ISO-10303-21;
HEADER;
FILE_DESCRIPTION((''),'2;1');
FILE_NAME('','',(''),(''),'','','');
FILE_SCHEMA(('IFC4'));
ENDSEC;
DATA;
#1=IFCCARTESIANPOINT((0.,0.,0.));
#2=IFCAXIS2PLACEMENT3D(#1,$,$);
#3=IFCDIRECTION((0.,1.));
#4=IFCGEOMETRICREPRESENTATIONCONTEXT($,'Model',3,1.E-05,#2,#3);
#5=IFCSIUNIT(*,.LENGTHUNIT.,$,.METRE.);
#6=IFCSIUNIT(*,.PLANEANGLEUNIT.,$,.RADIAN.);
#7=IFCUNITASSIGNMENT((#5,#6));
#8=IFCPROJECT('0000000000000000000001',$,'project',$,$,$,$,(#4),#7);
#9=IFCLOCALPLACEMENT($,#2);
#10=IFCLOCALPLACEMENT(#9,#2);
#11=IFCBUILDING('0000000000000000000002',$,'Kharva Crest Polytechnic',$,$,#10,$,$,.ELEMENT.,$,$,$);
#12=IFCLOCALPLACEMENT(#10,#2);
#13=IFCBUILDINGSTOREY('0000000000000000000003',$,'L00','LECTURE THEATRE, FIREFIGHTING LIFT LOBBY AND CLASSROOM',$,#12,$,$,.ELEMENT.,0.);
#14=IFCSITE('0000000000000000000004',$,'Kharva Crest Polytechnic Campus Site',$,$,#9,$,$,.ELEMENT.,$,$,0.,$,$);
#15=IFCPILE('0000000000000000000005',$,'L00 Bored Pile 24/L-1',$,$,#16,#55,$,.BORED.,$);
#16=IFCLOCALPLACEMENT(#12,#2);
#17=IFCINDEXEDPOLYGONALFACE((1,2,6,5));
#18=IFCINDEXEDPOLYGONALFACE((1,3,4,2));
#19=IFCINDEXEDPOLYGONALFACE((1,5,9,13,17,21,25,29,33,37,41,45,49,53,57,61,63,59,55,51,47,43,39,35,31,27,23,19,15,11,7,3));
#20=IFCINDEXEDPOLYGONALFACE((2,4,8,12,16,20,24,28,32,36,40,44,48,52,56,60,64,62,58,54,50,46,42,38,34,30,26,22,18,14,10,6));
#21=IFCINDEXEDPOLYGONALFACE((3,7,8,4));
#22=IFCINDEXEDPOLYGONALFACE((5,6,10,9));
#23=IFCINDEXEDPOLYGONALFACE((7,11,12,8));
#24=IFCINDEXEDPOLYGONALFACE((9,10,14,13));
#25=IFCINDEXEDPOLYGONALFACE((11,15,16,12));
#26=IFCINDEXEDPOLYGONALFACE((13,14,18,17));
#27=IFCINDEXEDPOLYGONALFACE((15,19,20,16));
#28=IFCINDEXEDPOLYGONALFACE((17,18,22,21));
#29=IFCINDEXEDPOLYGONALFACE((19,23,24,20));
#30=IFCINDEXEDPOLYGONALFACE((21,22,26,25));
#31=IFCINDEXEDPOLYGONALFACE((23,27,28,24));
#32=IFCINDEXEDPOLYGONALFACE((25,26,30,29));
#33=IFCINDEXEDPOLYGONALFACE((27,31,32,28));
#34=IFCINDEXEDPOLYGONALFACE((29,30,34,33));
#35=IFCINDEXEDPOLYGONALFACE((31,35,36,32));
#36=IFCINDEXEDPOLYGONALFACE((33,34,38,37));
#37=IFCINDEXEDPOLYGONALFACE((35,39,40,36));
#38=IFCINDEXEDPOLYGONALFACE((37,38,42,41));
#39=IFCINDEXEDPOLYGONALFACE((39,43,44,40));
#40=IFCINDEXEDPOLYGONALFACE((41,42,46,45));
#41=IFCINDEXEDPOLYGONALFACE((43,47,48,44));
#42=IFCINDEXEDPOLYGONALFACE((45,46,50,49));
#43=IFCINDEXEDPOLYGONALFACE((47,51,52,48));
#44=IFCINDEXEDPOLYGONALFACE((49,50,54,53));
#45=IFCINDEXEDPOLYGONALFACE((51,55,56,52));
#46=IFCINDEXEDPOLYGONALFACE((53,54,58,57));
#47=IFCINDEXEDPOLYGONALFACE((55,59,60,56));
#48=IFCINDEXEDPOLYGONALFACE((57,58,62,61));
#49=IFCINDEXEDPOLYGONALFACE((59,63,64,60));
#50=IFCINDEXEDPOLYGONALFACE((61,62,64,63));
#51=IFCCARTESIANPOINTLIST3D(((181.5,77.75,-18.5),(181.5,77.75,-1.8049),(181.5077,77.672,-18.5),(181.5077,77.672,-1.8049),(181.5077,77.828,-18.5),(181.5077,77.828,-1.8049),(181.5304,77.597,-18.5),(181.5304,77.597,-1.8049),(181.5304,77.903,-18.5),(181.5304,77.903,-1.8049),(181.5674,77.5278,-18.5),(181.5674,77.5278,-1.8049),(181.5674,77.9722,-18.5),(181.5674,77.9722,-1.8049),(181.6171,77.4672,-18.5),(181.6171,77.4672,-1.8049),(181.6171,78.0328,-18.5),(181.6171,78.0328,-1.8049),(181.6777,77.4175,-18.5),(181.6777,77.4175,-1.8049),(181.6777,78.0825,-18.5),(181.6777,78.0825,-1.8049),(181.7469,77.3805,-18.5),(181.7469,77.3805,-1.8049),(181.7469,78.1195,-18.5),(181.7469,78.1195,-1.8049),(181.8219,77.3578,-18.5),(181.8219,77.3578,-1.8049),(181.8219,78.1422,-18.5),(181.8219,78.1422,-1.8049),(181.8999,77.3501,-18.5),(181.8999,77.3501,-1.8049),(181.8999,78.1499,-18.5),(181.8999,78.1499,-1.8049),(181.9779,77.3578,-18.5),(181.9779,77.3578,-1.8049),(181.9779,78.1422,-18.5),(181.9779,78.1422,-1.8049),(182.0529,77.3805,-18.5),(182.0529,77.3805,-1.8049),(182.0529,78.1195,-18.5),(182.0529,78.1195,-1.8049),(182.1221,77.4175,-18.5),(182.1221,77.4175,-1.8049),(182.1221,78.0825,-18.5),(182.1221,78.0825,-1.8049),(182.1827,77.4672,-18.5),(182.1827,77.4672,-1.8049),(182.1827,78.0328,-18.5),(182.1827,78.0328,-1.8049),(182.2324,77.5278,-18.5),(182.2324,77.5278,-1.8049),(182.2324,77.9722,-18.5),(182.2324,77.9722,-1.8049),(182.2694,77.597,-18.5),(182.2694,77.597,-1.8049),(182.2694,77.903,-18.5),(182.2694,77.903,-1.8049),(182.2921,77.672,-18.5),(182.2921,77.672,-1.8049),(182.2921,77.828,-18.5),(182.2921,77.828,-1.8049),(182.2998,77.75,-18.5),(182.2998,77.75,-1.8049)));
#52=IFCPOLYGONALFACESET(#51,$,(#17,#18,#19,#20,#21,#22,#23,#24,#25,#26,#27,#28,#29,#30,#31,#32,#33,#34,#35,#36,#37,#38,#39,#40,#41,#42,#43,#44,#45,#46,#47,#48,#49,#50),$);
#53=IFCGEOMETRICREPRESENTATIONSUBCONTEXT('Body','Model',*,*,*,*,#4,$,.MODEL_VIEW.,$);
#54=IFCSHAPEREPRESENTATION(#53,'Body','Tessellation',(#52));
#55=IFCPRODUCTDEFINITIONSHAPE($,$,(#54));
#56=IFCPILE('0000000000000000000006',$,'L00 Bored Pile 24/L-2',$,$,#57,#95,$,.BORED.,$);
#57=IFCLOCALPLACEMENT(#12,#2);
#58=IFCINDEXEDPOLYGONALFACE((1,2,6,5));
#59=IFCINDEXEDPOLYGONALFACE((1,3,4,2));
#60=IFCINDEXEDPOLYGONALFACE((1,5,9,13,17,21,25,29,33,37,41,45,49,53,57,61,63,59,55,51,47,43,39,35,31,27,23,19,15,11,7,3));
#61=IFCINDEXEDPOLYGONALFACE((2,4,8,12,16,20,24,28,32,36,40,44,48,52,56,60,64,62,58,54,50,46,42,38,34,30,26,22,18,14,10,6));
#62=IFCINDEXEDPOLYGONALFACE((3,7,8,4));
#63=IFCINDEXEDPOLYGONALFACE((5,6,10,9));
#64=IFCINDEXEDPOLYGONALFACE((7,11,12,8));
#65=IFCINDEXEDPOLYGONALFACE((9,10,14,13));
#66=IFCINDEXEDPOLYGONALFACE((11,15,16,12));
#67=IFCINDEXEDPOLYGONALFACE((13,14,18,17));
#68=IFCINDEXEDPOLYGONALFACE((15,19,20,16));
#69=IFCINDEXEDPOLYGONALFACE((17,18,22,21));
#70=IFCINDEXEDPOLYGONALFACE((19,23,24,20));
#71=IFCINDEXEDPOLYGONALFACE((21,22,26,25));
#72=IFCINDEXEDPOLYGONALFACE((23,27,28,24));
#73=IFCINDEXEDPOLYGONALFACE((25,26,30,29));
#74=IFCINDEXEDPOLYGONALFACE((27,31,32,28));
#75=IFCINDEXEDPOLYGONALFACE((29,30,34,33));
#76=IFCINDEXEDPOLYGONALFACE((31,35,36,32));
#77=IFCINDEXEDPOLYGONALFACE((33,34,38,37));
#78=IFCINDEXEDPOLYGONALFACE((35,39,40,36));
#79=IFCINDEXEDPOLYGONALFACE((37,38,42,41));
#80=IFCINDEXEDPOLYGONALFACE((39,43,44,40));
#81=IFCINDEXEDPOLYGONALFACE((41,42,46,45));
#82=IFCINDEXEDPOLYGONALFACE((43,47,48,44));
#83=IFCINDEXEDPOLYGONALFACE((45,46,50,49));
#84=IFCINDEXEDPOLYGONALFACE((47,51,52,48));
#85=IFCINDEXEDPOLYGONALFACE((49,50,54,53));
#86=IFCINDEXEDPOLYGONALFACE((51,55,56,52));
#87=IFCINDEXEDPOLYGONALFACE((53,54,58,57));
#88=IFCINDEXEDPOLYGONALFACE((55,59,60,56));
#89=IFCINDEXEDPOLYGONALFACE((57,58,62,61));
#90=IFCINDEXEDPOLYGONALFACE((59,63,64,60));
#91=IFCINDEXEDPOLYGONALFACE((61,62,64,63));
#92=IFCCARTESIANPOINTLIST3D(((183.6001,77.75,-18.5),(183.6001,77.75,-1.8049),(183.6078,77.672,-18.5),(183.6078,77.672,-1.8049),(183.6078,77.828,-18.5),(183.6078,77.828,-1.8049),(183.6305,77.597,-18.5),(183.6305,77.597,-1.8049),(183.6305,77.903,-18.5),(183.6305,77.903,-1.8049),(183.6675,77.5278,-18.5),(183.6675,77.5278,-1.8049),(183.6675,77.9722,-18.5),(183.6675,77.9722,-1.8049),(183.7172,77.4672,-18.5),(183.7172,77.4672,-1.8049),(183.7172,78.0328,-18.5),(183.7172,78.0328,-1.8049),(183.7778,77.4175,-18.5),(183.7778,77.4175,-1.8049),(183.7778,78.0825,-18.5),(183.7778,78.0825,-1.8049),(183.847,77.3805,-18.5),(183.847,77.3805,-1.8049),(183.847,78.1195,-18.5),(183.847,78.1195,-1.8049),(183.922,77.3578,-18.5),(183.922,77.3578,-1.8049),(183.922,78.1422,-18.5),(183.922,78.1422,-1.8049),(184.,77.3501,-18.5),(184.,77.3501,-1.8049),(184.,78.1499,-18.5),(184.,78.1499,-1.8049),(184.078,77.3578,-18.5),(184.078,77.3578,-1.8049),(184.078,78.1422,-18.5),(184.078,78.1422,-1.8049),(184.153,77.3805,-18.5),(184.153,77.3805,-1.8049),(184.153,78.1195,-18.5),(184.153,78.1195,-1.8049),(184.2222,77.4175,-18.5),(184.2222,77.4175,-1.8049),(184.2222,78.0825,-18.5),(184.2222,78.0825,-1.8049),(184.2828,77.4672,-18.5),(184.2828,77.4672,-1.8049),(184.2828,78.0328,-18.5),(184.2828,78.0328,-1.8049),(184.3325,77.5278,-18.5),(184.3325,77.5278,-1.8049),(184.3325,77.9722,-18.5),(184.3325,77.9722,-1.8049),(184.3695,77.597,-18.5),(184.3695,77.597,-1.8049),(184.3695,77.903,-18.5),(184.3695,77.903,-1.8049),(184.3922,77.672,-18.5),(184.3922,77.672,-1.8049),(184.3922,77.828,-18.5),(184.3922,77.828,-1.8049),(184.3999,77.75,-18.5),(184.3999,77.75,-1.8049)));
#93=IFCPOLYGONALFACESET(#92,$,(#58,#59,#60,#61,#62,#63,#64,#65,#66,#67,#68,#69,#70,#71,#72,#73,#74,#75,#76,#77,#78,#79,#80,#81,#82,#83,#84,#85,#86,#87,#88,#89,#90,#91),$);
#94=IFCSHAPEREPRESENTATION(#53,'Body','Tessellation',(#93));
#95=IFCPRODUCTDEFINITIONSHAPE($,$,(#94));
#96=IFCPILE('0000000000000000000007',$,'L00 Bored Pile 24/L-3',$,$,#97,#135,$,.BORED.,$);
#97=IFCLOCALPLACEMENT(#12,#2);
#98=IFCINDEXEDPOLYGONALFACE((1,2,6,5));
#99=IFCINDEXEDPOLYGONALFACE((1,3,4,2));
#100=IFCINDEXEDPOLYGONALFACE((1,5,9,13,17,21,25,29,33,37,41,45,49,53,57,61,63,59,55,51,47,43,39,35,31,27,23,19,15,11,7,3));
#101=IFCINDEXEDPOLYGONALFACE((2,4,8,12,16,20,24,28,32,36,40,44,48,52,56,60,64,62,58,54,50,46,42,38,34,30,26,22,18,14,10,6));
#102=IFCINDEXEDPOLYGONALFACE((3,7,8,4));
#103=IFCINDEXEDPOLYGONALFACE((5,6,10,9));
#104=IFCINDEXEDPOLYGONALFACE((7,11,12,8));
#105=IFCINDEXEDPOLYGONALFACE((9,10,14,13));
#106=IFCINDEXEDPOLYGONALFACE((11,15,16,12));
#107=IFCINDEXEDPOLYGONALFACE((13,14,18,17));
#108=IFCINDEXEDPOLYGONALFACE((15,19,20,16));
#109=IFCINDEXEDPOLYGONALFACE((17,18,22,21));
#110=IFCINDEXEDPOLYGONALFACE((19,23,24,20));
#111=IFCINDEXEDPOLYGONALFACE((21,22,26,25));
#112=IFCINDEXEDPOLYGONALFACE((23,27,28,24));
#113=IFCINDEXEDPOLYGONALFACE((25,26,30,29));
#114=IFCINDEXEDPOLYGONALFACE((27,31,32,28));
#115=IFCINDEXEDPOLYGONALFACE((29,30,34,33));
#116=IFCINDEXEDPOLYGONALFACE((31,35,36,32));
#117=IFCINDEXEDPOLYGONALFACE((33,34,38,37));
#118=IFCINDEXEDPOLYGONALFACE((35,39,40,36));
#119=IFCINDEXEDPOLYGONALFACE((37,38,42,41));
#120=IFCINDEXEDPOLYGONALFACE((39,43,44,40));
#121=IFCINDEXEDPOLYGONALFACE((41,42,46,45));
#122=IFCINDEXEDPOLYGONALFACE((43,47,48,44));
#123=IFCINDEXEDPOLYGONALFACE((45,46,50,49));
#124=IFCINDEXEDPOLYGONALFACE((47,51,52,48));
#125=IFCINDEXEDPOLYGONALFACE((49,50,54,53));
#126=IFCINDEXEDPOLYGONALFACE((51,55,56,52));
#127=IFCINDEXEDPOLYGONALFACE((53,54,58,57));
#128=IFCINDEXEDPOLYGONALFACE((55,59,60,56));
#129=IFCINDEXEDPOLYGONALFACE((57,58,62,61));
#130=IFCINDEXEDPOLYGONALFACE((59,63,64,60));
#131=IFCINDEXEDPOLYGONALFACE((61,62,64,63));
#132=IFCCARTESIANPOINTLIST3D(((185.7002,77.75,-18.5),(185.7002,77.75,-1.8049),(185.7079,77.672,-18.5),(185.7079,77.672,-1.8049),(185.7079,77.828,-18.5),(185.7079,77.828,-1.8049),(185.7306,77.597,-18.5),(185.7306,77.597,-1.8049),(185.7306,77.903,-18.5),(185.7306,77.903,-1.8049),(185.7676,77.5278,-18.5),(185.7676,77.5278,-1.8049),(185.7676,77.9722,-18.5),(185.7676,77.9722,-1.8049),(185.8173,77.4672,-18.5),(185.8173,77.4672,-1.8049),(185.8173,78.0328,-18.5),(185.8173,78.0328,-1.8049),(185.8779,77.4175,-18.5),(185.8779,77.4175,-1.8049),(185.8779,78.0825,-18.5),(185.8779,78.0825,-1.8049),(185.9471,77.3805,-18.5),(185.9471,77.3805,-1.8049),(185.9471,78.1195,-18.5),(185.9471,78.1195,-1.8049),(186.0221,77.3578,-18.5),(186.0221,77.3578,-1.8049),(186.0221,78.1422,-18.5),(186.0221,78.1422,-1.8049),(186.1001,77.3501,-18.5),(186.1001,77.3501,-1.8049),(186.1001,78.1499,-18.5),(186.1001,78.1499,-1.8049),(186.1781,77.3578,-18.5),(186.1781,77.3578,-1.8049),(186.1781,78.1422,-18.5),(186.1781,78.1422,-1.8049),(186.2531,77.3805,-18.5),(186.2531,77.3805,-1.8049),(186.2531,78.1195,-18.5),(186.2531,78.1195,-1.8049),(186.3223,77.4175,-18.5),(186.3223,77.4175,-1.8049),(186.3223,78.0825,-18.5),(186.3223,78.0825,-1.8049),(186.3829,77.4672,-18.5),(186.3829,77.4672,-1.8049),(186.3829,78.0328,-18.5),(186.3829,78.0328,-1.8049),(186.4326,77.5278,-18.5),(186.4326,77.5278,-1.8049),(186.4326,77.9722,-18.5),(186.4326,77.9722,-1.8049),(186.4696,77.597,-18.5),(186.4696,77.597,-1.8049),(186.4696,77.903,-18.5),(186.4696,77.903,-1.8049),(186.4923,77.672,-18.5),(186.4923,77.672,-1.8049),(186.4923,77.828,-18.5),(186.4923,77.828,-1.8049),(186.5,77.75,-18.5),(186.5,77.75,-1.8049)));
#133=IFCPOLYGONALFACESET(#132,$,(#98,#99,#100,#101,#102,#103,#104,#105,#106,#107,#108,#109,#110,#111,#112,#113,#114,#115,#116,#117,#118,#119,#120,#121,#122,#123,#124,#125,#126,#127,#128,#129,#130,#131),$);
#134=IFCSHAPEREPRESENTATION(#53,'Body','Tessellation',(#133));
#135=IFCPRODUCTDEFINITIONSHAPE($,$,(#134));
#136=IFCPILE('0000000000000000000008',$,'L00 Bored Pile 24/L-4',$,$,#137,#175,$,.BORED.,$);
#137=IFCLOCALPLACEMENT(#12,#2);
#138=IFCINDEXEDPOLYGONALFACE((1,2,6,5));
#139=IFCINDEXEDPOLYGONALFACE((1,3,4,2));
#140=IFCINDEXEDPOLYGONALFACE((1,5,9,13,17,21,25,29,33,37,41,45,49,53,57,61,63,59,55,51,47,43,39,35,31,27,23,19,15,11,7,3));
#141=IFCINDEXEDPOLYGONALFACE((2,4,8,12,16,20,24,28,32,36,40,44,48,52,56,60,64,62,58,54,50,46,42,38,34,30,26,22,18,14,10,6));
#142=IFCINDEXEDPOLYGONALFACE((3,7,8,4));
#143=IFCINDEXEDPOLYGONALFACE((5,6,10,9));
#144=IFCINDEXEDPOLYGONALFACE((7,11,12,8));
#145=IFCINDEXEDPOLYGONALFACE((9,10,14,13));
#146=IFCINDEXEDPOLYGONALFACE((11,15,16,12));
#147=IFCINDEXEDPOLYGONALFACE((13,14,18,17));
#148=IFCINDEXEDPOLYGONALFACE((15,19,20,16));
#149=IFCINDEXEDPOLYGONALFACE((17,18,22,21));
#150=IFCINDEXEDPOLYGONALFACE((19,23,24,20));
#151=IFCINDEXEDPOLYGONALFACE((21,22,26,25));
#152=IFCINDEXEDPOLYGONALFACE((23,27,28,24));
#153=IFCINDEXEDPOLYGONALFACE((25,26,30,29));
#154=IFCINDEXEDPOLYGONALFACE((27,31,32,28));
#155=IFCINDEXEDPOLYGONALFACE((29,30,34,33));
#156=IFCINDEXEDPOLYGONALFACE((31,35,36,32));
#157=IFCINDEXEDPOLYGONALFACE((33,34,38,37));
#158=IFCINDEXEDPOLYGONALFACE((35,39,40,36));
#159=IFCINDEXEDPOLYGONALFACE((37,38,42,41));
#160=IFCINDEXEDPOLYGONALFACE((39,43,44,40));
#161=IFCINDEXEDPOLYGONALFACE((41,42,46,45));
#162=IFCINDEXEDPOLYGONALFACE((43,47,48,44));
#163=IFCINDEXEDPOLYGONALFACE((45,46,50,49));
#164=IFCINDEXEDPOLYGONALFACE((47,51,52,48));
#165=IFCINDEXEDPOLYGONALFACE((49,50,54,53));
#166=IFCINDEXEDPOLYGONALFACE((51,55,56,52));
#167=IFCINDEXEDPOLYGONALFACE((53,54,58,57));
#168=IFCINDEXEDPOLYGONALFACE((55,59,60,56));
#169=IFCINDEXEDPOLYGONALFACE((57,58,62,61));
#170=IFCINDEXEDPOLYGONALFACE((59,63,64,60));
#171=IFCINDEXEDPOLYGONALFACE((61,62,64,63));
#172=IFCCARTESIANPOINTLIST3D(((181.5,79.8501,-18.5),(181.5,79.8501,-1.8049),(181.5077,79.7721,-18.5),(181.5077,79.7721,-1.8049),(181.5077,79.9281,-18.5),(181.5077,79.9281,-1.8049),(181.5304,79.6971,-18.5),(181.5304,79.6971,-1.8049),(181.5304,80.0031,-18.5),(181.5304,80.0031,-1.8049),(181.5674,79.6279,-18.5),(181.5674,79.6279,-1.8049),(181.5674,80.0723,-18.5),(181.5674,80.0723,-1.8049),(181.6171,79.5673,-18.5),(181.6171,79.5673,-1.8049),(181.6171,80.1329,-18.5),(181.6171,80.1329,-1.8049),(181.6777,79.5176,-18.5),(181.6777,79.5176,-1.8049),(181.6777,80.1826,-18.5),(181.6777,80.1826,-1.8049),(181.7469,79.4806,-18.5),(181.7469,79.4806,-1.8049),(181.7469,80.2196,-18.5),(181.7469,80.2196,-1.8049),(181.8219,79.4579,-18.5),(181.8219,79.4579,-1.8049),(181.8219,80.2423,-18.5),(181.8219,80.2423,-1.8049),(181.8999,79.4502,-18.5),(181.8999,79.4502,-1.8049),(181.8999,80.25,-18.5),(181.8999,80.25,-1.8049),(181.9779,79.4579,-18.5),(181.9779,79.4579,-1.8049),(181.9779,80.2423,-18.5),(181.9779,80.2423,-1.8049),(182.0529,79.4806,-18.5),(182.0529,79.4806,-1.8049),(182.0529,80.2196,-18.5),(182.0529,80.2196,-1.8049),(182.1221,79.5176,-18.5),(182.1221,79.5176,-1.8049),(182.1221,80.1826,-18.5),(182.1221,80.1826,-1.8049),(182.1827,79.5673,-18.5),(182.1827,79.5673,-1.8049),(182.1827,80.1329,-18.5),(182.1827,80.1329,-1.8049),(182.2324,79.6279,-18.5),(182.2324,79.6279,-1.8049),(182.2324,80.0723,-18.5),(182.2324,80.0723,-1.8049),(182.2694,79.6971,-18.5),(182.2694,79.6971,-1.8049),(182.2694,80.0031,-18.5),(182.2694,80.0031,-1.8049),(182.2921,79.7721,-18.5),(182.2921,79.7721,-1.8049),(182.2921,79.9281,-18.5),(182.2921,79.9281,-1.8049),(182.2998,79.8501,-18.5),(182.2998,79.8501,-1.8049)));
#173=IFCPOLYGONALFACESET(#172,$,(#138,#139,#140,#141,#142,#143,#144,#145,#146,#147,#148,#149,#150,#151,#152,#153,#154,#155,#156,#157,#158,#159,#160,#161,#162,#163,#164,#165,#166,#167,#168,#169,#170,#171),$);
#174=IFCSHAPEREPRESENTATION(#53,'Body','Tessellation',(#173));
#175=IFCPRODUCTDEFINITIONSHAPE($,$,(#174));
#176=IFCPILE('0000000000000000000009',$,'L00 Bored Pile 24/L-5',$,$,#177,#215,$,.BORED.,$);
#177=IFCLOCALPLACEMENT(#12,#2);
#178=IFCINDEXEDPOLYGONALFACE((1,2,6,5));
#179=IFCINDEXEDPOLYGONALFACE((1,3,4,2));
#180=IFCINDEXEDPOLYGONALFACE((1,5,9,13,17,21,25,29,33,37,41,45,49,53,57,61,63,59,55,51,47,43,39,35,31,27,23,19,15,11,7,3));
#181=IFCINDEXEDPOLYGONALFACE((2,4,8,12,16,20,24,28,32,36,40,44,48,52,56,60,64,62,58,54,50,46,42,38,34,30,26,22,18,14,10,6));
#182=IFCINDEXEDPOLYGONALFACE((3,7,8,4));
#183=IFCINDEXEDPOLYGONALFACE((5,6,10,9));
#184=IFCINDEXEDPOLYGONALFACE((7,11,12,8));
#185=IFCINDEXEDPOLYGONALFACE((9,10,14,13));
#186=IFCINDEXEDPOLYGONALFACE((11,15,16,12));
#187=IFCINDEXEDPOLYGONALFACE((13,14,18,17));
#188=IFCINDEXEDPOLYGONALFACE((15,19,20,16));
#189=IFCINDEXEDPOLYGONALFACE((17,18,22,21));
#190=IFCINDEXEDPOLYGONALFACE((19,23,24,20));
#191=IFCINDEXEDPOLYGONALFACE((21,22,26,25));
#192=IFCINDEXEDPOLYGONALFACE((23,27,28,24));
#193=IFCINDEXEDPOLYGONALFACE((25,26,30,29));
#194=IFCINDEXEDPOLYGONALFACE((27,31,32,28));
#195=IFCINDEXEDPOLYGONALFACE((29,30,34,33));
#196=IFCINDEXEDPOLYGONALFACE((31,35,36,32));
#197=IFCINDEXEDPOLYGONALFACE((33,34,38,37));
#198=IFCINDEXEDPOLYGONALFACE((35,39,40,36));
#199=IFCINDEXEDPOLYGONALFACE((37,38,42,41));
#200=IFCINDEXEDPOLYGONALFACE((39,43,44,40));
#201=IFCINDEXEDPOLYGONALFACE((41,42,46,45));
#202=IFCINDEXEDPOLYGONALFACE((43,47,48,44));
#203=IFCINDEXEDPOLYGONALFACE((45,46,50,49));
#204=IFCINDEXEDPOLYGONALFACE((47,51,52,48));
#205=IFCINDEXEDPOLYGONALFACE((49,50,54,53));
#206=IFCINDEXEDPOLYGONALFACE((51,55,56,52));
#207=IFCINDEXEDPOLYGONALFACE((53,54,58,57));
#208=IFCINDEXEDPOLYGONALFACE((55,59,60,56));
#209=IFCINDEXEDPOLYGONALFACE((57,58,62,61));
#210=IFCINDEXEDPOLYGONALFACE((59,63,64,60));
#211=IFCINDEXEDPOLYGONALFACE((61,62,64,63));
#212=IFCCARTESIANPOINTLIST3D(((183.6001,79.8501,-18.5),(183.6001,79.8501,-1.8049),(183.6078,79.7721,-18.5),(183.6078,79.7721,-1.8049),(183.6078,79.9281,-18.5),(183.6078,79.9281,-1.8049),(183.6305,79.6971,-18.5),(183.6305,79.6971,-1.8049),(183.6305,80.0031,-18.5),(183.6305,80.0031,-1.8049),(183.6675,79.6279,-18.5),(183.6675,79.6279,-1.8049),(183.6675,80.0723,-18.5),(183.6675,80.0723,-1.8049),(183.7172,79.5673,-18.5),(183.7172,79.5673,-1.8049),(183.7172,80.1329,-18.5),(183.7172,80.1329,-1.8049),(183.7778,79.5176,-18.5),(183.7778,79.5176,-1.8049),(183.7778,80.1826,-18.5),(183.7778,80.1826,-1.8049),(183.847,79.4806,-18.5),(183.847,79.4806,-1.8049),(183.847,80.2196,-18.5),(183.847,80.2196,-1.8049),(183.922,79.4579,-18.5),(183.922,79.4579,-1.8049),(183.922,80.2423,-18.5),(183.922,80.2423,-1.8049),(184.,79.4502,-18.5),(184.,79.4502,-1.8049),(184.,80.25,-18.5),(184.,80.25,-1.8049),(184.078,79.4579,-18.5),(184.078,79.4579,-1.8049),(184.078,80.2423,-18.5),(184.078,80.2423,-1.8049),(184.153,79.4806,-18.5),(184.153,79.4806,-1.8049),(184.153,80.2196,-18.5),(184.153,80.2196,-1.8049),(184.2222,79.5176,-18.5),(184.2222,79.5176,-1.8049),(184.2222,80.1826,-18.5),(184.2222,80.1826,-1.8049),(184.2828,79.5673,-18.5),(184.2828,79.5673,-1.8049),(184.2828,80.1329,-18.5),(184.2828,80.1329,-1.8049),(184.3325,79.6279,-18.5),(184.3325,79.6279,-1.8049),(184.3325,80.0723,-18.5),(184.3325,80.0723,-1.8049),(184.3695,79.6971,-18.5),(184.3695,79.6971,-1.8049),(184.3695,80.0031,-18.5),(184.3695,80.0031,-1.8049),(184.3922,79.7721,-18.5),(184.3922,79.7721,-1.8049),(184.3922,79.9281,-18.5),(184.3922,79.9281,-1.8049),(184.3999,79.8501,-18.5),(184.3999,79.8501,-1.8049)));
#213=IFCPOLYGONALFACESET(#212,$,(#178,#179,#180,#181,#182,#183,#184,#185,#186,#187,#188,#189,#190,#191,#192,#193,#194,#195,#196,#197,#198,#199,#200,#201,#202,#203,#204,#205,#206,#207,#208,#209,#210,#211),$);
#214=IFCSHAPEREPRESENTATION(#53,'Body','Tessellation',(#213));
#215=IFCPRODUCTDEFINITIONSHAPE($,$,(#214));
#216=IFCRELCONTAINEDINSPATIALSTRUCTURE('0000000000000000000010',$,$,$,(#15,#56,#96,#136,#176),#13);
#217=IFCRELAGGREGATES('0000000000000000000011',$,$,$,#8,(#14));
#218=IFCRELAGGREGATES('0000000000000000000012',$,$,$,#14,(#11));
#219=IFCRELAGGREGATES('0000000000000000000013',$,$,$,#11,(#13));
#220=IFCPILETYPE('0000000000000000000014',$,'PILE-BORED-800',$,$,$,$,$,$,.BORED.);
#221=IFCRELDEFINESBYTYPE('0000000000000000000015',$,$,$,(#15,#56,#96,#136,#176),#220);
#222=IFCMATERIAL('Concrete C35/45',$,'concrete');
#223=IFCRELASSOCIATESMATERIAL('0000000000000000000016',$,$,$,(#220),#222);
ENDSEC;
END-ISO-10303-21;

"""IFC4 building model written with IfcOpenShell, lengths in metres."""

from ifc_helpers import new_model, si_unit, direction, frame, origin, origin_2d, place, context, subcontext, project, spatial, circle, extrude, material, material_profile, profile_set, type_object, element, save


model = new_model("IFC4")

# Units and contexts
model_context = context("Model", 3, precision=1e-05, world=origin(), true_north=direction((0.0, 1.0)))
body_context = subcontext(model_context, "Body", "Model", "MODEL_VIEW")
ifc_project = project(units=[si_unit("LENGTHUNIT", "METRE"), si_unit("PLANEANGLEUNIT", "RADIAN")], contexts=[model_context])

# Site, building, storey
site_placement = place(None, origin())
site = spatial("IfcSite", under=ifc_project, at=site_placement, Name="Kharva Crest Polytechnic Campus Site", CompositionType="ELEMENT", RefElevation=0.0)
building_placement = place(site_placement, origin())
building = spatial("IfcBuilding", under=site, at=building_placement, Name="Kharva Crest Polytechnic", CompositionType="ELEMENT")
storey_placement = place(building_placement, origin())
storey = spatial("IfcBuildingStorey", under=building, at=storey_placement, Name="L00", Description="LECTURE THEATRE, FIREFIGHTING LIFT LOBBY AND CLASSROOM", CompositionType="ELEMENT", Elevation=0.0)

# Shared definitions
ifc_material_1 = material(Name="Concrete C35/45", Category="concrete")

# Piles
ifc_material_profile_1 = material_profile(ifc_material_1, circle(Radius=0.3999, at=origin_2d()), Name="DIA 800")
ifc_profile_set_1 = profile_set([ifc_material_profile_1], Name="Concrete C35/45")
pile_type = type_object("IfcPileType", Name="PILE-BORED-800", PredefinedType="BORED", material=ifc_profile_set_1)
for number, where, z_axis, x_axis, name in (
    (1, (181.8999, 77.75, -1.8049), (0.0, 0.0, -1.0), (1.0, 0.0, 0.0), "L00 Bored Pile 24/L-1"),
    (2, (184.0, 77.75, -1.8049), (0.0, 0.0, -1.0), (1.0, 0.0, 0.0), "L00 Bored Pile 24/L-2"),
    (3, (186.1001, 77.75, -1.8049), (0.0, 0.0, -1.0), (1.0, 0.0, 0.0), "L00 Bored Pile 24/L-3"),
    (4, (181.8999, 79.8501, -1.8049), (0.0, 0.0, -1.0), (1.0, 0.0, 0.0), "L00 Bored Pile 24/L-4"),
    (5, (184.0, 79.8501, -1.8049), (0.0, 0.0, -1.0), (1.0, 0.0, 0.0), "L00 Bored Pile 24/L-5"),
):
    element("IfcPile", number, at=place(storey_placement, frame(where, z_axis=z_axis, x_axis=x_axis)), inside=storey, type_object=pile_type, Name=name, PredefinedType="BORED", context=body_context, shape_type="SweptSolid", body=[
        extrude(circle(Radius=0.3999, at=origin_2d()), origin(), (0.0, 0.0, 1.0), 16.6951),
    ])

save(model, "model.ifc")
